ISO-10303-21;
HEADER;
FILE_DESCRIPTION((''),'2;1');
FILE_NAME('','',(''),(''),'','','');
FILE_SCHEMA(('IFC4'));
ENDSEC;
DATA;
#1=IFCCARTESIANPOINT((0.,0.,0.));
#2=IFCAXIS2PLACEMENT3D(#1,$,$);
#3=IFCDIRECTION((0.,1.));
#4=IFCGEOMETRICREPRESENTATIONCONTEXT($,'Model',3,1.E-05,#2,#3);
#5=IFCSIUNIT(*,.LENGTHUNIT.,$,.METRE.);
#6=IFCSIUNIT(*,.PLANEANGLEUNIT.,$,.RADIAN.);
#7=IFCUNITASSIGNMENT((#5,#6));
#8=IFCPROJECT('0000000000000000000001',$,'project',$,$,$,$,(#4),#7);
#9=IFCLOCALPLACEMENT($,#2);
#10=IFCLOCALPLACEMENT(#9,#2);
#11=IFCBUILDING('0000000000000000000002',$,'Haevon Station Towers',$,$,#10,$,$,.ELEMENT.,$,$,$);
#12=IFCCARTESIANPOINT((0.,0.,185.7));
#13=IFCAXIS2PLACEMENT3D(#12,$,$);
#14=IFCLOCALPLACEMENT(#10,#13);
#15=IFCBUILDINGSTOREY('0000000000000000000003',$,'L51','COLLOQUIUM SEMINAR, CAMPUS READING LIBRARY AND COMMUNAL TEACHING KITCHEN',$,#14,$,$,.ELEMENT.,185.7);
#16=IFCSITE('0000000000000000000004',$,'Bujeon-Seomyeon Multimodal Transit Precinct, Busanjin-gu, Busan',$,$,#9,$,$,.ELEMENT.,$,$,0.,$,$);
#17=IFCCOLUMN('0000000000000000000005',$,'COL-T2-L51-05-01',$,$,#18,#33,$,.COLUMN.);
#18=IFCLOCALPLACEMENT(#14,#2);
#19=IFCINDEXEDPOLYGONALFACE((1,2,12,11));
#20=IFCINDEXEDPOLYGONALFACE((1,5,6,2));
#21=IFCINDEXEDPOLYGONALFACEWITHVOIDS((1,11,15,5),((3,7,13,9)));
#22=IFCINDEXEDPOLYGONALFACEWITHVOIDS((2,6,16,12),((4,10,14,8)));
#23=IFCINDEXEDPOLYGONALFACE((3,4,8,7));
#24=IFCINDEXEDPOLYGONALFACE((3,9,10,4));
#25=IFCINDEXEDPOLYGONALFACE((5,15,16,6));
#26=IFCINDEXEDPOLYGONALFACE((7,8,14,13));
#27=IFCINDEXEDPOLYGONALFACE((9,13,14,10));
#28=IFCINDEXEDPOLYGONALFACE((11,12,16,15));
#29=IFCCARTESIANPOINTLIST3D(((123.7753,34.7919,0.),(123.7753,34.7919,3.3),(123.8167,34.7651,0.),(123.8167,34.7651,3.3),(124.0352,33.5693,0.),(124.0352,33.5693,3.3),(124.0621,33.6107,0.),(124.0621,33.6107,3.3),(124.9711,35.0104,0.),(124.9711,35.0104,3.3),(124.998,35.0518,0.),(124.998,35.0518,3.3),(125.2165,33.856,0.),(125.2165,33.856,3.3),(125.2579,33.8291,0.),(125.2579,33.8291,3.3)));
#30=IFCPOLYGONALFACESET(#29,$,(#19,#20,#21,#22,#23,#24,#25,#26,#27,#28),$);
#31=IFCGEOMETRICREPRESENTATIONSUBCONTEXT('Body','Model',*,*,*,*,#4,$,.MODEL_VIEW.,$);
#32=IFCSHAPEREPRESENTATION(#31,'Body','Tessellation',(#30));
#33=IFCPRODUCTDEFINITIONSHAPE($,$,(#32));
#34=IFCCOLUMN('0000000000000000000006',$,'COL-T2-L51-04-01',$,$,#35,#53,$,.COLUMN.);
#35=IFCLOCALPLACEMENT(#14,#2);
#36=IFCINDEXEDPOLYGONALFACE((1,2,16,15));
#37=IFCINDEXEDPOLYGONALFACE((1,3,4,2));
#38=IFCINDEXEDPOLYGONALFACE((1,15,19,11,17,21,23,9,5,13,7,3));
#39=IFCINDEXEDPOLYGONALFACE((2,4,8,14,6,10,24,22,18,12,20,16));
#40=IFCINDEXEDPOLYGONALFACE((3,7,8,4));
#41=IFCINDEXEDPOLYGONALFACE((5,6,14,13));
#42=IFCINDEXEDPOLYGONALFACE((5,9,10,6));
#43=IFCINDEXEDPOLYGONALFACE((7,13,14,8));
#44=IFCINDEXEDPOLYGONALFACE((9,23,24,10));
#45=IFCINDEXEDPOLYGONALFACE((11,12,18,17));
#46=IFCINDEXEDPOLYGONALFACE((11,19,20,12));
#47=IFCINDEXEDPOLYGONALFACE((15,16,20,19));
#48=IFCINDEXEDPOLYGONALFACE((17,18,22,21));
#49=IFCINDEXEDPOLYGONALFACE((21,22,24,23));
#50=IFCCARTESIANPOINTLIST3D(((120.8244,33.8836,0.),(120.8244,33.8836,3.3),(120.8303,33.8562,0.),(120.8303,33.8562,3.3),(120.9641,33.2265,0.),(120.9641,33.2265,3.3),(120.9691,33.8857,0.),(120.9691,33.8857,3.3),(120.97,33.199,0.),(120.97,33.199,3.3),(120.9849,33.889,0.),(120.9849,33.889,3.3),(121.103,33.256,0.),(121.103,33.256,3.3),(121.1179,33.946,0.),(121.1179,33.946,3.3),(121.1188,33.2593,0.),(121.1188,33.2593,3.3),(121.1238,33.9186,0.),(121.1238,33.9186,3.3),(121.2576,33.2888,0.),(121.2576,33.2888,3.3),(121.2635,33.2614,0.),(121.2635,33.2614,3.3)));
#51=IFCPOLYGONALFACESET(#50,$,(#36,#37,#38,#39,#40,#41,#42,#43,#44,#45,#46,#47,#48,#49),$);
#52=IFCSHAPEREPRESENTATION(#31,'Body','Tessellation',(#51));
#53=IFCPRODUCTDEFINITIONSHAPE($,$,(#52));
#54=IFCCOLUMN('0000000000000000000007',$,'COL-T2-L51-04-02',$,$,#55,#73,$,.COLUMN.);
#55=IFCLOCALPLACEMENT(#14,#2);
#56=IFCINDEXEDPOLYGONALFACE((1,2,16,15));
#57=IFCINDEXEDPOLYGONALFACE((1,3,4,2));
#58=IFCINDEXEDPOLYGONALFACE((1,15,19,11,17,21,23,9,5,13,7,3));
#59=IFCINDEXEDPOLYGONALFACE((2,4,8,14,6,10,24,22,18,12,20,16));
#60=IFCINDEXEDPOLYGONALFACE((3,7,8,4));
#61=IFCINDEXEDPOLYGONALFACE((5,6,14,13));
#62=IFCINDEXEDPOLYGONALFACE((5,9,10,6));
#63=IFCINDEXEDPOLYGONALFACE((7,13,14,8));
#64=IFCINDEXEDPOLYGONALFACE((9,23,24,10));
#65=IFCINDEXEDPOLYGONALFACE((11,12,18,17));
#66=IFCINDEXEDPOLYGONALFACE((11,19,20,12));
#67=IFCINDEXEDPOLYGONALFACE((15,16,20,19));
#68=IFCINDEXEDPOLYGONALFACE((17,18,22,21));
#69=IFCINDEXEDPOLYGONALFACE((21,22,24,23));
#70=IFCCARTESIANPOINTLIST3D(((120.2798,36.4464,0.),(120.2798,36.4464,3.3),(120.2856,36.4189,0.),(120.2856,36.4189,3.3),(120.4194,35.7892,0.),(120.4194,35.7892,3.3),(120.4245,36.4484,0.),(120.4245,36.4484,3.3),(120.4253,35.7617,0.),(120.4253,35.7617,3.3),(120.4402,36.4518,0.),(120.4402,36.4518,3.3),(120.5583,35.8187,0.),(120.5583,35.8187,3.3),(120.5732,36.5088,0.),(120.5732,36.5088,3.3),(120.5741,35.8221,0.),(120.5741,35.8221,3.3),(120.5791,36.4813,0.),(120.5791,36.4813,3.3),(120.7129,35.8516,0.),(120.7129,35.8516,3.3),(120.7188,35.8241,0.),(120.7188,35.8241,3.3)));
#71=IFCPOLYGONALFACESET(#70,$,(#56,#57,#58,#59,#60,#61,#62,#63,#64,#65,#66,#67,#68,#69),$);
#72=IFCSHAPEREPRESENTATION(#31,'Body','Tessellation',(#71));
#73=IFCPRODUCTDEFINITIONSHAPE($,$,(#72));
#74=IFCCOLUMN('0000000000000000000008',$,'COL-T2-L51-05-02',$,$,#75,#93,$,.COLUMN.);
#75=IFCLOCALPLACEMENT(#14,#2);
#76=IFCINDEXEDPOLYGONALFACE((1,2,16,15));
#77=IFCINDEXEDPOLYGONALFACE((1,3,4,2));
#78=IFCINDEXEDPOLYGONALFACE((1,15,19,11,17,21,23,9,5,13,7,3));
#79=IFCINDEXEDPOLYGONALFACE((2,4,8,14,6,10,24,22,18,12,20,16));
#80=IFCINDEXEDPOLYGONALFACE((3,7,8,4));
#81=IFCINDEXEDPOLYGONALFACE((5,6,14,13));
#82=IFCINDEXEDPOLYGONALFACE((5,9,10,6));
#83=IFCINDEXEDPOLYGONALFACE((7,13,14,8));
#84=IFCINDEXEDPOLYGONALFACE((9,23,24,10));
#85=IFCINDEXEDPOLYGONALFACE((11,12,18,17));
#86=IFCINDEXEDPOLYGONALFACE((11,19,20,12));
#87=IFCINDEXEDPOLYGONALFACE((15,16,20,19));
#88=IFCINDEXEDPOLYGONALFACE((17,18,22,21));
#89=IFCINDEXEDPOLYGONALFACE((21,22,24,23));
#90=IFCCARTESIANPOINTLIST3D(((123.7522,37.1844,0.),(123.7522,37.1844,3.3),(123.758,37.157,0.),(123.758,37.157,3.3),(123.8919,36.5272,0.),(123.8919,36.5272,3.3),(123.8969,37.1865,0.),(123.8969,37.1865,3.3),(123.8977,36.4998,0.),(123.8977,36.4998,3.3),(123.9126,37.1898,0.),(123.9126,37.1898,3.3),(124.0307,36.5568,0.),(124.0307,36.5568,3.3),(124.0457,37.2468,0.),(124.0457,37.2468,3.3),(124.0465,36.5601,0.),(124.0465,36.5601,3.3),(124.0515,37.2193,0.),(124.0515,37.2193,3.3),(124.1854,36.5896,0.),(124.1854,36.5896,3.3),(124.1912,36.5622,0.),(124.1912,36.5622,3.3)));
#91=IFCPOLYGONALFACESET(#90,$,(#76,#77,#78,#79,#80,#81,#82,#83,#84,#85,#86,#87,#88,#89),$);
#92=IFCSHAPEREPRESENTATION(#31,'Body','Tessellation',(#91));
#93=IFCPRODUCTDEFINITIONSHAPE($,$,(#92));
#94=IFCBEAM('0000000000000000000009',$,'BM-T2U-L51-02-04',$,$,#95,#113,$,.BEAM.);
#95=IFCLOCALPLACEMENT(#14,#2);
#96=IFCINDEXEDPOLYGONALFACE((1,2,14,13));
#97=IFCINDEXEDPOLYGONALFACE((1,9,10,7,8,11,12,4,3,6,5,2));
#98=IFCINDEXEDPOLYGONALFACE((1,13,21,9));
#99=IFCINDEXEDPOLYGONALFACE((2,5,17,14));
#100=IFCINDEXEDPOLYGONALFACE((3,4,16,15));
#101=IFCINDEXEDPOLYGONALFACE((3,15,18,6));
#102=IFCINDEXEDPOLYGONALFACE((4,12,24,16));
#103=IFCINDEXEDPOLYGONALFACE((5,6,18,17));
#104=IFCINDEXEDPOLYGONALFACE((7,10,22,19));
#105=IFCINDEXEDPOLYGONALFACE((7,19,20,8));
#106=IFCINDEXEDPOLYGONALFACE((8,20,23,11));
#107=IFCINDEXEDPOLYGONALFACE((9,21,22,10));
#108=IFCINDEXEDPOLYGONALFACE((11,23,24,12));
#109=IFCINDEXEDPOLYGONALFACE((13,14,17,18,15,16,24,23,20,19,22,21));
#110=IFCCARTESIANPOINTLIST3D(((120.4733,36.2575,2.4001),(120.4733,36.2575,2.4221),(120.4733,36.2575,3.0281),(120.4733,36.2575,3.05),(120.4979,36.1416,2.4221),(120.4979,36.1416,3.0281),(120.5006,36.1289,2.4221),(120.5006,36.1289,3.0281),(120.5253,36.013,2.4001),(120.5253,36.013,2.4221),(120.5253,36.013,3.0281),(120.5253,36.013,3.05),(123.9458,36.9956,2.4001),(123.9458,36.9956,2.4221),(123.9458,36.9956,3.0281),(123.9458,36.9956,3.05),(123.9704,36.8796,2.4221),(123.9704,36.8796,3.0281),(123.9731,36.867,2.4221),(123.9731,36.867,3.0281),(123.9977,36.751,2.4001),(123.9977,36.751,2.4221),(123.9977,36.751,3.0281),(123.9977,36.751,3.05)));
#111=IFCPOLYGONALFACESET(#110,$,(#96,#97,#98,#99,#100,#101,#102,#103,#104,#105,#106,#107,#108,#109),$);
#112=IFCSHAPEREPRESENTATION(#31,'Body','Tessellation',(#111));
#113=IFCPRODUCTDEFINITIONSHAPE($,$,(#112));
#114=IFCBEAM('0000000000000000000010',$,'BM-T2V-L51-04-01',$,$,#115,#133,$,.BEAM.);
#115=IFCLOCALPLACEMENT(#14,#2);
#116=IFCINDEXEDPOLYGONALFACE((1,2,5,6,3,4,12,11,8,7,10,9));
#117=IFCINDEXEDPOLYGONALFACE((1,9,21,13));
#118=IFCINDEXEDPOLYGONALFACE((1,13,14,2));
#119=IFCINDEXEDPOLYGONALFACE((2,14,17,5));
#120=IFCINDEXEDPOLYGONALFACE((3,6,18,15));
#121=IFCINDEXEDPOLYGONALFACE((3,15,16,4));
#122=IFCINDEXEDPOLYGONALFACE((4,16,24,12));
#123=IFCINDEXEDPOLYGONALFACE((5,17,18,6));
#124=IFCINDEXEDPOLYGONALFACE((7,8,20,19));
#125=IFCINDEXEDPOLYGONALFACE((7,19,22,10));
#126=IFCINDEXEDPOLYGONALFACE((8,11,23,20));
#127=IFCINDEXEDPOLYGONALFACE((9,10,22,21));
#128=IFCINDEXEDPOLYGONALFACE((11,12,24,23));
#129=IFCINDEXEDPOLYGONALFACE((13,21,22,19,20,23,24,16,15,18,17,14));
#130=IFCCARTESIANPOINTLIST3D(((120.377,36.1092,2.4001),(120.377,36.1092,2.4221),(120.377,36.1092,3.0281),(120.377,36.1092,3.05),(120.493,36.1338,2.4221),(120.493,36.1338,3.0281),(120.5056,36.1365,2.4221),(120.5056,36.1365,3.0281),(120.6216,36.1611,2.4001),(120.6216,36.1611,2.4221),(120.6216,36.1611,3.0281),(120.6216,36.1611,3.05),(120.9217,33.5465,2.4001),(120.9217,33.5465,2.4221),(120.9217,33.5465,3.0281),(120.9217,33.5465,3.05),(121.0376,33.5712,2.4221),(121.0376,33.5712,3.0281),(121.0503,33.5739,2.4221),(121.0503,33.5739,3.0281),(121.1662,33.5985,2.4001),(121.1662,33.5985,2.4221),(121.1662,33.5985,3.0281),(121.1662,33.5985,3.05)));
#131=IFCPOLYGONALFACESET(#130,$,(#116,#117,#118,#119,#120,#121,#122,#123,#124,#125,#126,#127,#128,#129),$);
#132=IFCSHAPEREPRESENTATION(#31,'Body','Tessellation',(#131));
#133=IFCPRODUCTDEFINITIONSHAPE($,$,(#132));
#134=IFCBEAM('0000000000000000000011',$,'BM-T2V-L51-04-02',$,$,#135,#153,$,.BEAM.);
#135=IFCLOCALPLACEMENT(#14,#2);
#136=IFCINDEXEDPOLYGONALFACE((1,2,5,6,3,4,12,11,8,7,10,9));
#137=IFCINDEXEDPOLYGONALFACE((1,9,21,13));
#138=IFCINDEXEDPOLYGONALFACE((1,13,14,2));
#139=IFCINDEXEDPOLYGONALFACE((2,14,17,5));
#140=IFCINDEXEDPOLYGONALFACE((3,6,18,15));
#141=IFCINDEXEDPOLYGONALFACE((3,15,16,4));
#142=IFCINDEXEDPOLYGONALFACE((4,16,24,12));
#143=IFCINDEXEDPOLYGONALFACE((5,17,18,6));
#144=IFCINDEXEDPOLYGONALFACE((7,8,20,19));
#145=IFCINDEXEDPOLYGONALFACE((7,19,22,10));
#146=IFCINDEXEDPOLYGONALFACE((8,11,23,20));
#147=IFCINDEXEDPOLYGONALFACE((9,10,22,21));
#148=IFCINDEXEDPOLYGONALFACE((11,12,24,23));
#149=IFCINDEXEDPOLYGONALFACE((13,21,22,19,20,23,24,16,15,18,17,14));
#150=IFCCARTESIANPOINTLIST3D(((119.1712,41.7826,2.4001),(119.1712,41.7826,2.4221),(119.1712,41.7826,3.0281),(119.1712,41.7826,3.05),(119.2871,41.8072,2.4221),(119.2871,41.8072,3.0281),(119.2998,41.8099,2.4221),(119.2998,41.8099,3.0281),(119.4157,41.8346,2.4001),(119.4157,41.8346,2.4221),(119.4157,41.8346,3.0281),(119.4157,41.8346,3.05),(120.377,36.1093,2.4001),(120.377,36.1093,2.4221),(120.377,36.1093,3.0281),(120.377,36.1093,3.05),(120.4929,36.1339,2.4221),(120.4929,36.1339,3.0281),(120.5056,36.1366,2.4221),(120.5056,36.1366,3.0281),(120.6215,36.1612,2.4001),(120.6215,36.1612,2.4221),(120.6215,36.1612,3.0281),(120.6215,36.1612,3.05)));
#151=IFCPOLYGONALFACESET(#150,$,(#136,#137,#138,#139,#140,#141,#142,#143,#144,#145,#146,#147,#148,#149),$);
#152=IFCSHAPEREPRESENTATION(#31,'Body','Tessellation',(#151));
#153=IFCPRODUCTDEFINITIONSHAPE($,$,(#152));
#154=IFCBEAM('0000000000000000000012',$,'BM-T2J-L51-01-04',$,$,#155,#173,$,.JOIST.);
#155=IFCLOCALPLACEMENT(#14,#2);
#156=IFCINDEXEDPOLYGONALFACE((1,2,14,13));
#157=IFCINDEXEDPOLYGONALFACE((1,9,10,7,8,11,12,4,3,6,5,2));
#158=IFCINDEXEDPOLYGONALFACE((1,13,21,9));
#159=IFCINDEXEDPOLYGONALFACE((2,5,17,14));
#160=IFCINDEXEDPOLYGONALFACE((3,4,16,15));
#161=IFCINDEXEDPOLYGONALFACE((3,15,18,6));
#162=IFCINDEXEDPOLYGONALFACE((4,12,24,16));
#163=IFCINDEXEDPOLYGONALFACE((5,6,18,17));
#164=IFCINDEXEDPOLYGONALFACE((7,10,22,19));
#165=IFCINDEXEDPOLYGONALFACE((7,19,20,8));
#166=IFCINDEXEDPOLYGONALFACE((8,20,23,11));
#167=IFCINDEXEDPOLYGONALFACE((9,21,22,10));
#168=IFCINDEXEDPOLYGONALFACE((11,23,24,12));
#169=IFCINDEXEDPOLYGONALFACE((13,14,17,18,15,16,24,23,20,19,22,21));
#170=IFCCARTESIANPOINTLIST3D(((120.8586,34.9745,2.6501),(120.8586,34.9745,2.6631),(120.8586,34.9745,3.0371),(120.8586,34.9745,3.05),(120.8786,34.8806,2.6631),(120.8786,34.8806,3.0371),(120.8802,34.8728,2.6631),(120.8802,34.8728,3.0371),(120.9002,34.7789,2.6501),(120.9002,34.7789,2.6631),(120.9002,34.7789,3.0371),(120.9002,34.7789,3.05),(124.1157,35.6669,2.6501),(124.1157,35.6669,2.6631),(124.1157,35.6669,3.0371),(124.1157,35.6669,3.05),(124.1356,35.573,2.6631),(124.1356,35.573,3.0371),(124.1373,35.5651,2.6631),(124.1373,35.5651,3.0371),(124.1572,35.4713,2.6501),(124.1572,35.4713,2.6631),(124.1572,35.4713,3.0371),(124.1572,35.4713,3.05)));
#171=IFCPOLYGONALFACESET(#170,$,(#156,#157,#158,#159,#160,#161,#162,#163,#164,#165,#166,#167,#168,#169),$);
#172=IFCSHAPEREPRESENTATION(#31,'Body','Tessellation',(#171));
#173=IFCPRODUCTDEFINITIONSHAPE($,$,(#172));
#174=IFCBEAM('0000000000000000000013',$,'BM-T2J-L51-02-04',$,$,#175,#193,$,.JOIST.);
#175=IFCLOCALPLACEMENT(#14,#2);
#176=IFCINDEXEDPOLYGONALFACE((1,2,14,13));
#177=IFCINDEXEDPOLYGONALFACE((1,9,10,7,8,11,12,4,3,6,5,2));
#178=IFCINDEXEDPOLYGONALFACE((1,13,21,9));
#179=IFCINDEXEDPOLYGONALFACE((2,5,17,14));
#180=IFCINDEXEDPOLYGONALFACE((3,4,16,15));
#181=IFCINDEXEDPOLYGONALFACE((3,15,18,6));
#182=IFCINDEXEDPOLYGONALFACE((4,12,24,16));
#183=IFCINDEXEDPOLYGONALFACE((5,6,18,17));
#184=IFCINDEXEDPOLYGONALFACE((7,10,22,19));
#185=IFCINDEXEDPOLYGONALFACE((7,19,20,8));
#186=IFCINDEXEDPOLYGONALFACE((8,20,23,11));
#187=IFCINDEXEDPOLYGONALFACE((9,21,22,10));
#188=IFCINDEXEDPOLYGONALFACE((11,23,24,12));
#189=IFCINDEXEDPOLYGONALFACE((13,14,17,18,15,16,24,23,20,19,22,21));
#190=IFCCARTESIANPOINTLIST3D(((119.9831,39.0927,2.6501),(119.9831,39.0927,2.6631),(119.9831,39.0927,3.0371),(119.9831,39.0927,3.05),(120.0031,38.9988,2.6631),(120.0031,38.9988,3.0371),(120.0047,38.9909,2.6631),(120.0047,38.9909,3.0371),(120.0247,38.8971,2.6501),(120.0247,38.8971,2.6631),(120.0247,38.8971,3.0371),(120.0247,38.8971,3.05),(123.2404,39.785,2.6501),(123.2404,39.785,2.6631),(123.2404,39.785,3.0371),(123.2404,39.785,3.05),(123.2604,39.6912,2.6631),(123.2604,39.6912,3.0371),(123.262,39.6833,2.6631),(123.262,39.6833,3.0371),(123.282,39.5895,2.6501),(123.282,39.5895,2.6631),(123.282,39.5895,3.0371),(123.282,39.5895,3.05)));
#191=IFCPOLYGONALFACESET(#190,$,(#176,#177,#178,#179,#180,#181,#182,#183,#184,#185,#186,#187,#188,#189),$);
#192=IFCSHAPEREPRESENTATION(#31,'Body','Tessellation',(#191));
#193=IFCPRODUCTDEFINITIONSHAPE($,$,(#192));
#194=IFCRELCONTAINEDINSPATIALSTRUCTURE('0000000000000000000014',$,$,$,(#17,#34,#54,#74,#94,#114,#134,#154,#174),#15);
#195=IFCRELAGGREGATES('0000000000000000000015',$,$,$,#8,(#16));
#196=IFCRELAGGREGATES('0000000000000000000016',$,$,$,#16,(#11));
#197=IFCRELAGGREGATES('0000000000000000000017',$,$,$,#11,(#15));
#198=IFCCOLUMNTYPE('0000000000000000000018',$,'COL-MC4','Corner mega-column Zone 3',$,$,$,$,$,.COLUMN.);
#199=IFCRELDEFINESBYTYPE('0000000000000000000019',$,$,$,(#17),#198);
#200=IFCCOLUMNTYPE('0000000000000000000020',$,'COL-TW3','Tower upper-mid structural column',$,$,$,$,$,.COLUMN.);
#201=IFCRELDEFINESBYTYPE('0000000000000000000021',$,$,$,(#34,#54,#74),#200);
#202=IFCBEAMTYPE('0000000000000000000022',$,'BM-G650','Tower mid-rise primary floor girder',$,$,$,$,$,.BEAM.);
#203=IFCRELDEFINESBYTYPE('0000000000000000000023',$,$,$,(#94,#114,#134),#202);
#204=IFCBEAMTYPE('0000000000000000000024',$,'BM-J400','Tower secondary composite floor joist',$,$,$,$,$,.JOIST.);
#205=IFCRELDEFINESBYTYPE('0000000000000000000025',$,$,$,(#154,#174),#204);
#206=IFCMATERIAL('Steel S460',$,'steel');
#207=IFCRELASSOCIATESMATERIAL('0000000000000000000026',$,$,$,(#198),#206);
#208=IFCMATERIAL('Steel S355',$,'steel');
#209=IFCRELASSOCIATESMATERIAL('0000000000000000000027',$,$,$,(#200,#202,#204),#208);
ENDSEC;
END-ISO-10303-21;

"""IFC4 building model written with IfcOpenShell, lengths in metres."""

from ifc_helpers import new_model, si_unit, direction, frame, origin, origin_2d, place, context, subcontext, project, spatial, hollow_rectangle, i_section, extrude, material, material_profile, profile_set, type_object, element, save


model = new_model("IFC4")

# Units and contexts
model_context = context("Model", 3, precision=1e-05, world=origin(), true_north=direction((0.0, 1.0)))
body_context = subcontext(model_context, "Body", "Model", "MODEL_VIEW")
ifc_project = project(units=[si_unit("LENGTHUNIT", "METRE"), si_unit("PLANEANGLEUNIT", "RADIAN")], contexts=[model_context])

# Site, building, storey
site_placement = place(None, origin())
site = spatial("IfcSite", under=ifc_project, at=site_placement, Name="Bujeon-Seomyeon Multimodal Transit Precinct, Busanjin-gu, Busan", CompositionType="ELEMENT", RefElevation=0.0)
building_placement = place(site_placement, origin())
building = spatial("IfcBuilding", under=site, at=building_placement, Name="Haevon Station Towers", CompositionType="ELEMENT")
storey_placement = place(building_placement, frame((0.0, 0.0, 185.7)))
storey = spatial("IfcBuildingStorey", under=building, at=storey_placement, Name="L51", Description="COLLOQUIUM SEMINAR, CAMPUS READING LIBRARY AND COMMUNAL TEACHING KITCHEN", CompositionType="ELEMENT", Elevation=185.7)

# Columns
ifc_material_1 = material(Name="Steel S460", Category="steel")
ifc_material_profile_1 = material_profile(ifc_material_1, hollow_rectangle(XDim=1.25, YDim=1.25, WallThickness=0.0349, at=origin_2d()), Name="BOX-1250x1250x35")
ifc_profile_set_1 = profile_set([ifc_material_profile_1], Name="Steel S460")
column_type_1 = type_object("IfcColumnType", Name="COL-MC4", Description="Corner mega-column Zone 3", PredefinedType="COLUMN", material=ifc_profile_set_1)
column_placement = place(storey_placement, frame((124.5166, 34.3105, 0.0), z_axis=(0.0, 0.0, 1.0), x_axis=(0.978148, 0.207912, 0.0)))
element("IfcColumn", 1, at=column_placement, inside=storey, type_object=column_type_1, Name="COL-T2-L51-05-01", PredefinedType="COLUMN", context=body_context, shape_type="SweptSolid", body=[
    extrude(hollow_rectangle(XDim=1.25, YDim=1.25, WallThickness=0.0349, at=origin_2d()), origin(), (0.0, 0.0, 1.0), 3.3),
])
ifc_material_2 = material(Name="Steel S355", Category="steel")
ifc_material_profile_2 = material_profile(ifc_material_2, i_section(OverallWidth=0.3, OverallDepth=0.7, WebThickness=0.0161, FlangeThickness=0.0281, at=origin_2d()), Name="H-700x300x16x28")
ifc_profile_set_2 = profile_set([ifc_material_profile_2], Name="Steel S355")
column_type_2 = type_object("IfcColumnType", Name="COL-TW3", Description="Tower upper-mid structural column", PredefinedType="COLUMN", material=ifc_profile_set_2)
for number, where, z_axis, x_axis, name in (
    (2, (121.0439, 33.5725, 0.0), (0.0, 0.0, 1.0), (0.978148, 0.207912, 0.0), "COL-T2-L51-04-01"),
    (3, (120.4993, 36.1353, 0.0), (0.0, 0.0, 1.0), (0.978148, 0.207912, 0.0), "COL-T2-L51-04-02"),
    (4, (123.9717, 36.8733, 0.0), (0.0, 0.0, 1.0), (0.978148, 0.207912, 0.0), "COL-T2-L51-05-02"),
):
    element("IfcColumn", number, at=place(storey_placement, frame(where, z_axis=z_axis, x_axis=x_axis)), inside=storey, type_object=column_type_2, Name=name, PredefinedType="COLUMN", context=body_context, shape_type="SweptSolid", body=[
        extrude(i_section(OverallWidth=0.3, OverallDepth=0.7, WebThickness=0.0161, FlangeThickness=0.0281, at=origin_2d()), origin(), (0.0, 0.0, 1.0), 3.3),
    ])

# Beams
ifc_material_profile_3 = material_profile(ifc_material_2, i_section(OverallWidth=0.25, OverallDepth=0.6499, WebThickness=0.0129, FlangeThickness=0.022, at=origin_2d()), Name="H-650x250x13x22")
ifc_profile_set_3 = profile_set([ifc_material_profile_3], Name="Steel S355")
beam_type_1 = type_object("IfcBeamType", Name="BM-G650", Description="Tower mid-rise primary floor girder", PredefinedType="BEAM", material=ifc_profile_set_3)
beam_1_placement = place(storey_placement, frame((120.4993, 36.1353, 2.7251), z_axis=(0.97815, 0.207899, 0.0), x_axis=(-0.207899, 0.97815, 0.0)))
element("IfcBeam", 5, at=beam_1_placement, inside=storey, type_object=beam_type_1, Name="BM-T2U-L51-02-04", PredefinedType="BEAM", context=body_context, shape_type="SweptSolid", body=[
    extrude(i_section(OverallWidth=0.25, OverallDepth=0.6499, WebThickness=0.0129, FlangeThickness=0.022, at=origin_2d()), origin(), (0.0, 0.0, 1.0), 3.55),
])
beam_2_placement = place(storey_placement, frame((121.0439, 33.5725, 2.7251), z_axis=(-0.207893, 0.978152, 0.0), x_axis=(-0.978152, -0.207893, 0.0)))
element("IfcBeam", 6, at=beam_2_placement, inside=storey, type_object=beam_type_1, Name="BM-T2V-L51-04-01", PredefinedType="BEAM", context=body_context, shape_type="SweptSolid", body=[
    extrude(i_section(OverallWidth=0.25, OverallDepth=0.6499, WebThickness=0.0129, FlangeThickness=0.022, at=origin_2d()), origin(), (0.0, 0.0, 1.0), 2.6199),
])
beam_3_placement = place(storey_placement, frame((120.4993, 36.1353, 2.7251), z_axis=(-0.207896, 0.978151, 0.0), x_axis=(-0.978151, -0.207896, 0.0)))
element("IfcBeam", 7, at=beam_3_placement, inside=storey, type_object=beam_type_1, Name="BM-T2V-L51-04-02", PredefinedType="BEAM", context=body_context, shape_type="SweptSolid", body=[
    extrude(i_section(OverallWidth=0.25, OverallDepth=0.6499, WebThickness=0.0129, FlangeThickness=0.022, at=origin_2d()), origin(), (0.0, 0.0, 1.0), 5.8),
])
ifc_material_profile_4 = material_profile(ifc_material_2, i_section(OverallWidth=0.2, OverallDepth=0.3999, WebThickness=0.0081, FlangeThickness=0.0129, at=origin_2d()), Name="H-400x200x8x13")
ifc_profile_set_4 = profile_set([ifc_material_profile_4], Name="Steel S355")
beam_type_2 = type_object("IfcBeamType", Name="BM-J400", Description="Tower secondary composite floor joist", PredefinedType="JOIST", material=ifc_profile_set_4)
beam_4_placement = place(storey_placement, frame((120.8794, 34.8767, 2.8501), z_axis=(0.978143, 0.207932, 0.0), x_axis=(-0.207932, 0.978143, 0.0)))
element("IfcBeam", 8, at=beam_4_placement, inside=storey, type_object=beam_type_2, Name="BM-T2J-L51-01-04", PredefinedType="JOIST", context=body_context, shape_type="SweptSolid", body=[
    extrude(i_section(OverallWidth=0.2, OverallDepth=0.3999, WebThickness=0.0081, FlangeThickness=0.0129, at=origin_2d()), origin(), (0.0, 0.0, 1.0), 3.3298),
])
beam_5_placement = place(storey_placement, frame((120.0039, 38.9949, 2.8501), z_axis=(0.978147, 0.207917, 0.0), x_axis=(-0.207917, 0.978147, 0.0)))
element("IfcBeam", 9, at=beam_5_placement, inside=storey, type_object=beam_type_2, Name="BM-T2J-L51-02-04", PredefinedType="JOIST", context=body_context, shape_type="SweptSolid", body=[
    extrude(i_section(OverallWidth=0.2, OverallDepth=0.3999, WebThickness=0.0081, FlangeThickness=0.0129, at=origin_2d()), origin(), (0.0, 0.0, 1.0), 3.3301),
])

save(model, "model.ifc")
